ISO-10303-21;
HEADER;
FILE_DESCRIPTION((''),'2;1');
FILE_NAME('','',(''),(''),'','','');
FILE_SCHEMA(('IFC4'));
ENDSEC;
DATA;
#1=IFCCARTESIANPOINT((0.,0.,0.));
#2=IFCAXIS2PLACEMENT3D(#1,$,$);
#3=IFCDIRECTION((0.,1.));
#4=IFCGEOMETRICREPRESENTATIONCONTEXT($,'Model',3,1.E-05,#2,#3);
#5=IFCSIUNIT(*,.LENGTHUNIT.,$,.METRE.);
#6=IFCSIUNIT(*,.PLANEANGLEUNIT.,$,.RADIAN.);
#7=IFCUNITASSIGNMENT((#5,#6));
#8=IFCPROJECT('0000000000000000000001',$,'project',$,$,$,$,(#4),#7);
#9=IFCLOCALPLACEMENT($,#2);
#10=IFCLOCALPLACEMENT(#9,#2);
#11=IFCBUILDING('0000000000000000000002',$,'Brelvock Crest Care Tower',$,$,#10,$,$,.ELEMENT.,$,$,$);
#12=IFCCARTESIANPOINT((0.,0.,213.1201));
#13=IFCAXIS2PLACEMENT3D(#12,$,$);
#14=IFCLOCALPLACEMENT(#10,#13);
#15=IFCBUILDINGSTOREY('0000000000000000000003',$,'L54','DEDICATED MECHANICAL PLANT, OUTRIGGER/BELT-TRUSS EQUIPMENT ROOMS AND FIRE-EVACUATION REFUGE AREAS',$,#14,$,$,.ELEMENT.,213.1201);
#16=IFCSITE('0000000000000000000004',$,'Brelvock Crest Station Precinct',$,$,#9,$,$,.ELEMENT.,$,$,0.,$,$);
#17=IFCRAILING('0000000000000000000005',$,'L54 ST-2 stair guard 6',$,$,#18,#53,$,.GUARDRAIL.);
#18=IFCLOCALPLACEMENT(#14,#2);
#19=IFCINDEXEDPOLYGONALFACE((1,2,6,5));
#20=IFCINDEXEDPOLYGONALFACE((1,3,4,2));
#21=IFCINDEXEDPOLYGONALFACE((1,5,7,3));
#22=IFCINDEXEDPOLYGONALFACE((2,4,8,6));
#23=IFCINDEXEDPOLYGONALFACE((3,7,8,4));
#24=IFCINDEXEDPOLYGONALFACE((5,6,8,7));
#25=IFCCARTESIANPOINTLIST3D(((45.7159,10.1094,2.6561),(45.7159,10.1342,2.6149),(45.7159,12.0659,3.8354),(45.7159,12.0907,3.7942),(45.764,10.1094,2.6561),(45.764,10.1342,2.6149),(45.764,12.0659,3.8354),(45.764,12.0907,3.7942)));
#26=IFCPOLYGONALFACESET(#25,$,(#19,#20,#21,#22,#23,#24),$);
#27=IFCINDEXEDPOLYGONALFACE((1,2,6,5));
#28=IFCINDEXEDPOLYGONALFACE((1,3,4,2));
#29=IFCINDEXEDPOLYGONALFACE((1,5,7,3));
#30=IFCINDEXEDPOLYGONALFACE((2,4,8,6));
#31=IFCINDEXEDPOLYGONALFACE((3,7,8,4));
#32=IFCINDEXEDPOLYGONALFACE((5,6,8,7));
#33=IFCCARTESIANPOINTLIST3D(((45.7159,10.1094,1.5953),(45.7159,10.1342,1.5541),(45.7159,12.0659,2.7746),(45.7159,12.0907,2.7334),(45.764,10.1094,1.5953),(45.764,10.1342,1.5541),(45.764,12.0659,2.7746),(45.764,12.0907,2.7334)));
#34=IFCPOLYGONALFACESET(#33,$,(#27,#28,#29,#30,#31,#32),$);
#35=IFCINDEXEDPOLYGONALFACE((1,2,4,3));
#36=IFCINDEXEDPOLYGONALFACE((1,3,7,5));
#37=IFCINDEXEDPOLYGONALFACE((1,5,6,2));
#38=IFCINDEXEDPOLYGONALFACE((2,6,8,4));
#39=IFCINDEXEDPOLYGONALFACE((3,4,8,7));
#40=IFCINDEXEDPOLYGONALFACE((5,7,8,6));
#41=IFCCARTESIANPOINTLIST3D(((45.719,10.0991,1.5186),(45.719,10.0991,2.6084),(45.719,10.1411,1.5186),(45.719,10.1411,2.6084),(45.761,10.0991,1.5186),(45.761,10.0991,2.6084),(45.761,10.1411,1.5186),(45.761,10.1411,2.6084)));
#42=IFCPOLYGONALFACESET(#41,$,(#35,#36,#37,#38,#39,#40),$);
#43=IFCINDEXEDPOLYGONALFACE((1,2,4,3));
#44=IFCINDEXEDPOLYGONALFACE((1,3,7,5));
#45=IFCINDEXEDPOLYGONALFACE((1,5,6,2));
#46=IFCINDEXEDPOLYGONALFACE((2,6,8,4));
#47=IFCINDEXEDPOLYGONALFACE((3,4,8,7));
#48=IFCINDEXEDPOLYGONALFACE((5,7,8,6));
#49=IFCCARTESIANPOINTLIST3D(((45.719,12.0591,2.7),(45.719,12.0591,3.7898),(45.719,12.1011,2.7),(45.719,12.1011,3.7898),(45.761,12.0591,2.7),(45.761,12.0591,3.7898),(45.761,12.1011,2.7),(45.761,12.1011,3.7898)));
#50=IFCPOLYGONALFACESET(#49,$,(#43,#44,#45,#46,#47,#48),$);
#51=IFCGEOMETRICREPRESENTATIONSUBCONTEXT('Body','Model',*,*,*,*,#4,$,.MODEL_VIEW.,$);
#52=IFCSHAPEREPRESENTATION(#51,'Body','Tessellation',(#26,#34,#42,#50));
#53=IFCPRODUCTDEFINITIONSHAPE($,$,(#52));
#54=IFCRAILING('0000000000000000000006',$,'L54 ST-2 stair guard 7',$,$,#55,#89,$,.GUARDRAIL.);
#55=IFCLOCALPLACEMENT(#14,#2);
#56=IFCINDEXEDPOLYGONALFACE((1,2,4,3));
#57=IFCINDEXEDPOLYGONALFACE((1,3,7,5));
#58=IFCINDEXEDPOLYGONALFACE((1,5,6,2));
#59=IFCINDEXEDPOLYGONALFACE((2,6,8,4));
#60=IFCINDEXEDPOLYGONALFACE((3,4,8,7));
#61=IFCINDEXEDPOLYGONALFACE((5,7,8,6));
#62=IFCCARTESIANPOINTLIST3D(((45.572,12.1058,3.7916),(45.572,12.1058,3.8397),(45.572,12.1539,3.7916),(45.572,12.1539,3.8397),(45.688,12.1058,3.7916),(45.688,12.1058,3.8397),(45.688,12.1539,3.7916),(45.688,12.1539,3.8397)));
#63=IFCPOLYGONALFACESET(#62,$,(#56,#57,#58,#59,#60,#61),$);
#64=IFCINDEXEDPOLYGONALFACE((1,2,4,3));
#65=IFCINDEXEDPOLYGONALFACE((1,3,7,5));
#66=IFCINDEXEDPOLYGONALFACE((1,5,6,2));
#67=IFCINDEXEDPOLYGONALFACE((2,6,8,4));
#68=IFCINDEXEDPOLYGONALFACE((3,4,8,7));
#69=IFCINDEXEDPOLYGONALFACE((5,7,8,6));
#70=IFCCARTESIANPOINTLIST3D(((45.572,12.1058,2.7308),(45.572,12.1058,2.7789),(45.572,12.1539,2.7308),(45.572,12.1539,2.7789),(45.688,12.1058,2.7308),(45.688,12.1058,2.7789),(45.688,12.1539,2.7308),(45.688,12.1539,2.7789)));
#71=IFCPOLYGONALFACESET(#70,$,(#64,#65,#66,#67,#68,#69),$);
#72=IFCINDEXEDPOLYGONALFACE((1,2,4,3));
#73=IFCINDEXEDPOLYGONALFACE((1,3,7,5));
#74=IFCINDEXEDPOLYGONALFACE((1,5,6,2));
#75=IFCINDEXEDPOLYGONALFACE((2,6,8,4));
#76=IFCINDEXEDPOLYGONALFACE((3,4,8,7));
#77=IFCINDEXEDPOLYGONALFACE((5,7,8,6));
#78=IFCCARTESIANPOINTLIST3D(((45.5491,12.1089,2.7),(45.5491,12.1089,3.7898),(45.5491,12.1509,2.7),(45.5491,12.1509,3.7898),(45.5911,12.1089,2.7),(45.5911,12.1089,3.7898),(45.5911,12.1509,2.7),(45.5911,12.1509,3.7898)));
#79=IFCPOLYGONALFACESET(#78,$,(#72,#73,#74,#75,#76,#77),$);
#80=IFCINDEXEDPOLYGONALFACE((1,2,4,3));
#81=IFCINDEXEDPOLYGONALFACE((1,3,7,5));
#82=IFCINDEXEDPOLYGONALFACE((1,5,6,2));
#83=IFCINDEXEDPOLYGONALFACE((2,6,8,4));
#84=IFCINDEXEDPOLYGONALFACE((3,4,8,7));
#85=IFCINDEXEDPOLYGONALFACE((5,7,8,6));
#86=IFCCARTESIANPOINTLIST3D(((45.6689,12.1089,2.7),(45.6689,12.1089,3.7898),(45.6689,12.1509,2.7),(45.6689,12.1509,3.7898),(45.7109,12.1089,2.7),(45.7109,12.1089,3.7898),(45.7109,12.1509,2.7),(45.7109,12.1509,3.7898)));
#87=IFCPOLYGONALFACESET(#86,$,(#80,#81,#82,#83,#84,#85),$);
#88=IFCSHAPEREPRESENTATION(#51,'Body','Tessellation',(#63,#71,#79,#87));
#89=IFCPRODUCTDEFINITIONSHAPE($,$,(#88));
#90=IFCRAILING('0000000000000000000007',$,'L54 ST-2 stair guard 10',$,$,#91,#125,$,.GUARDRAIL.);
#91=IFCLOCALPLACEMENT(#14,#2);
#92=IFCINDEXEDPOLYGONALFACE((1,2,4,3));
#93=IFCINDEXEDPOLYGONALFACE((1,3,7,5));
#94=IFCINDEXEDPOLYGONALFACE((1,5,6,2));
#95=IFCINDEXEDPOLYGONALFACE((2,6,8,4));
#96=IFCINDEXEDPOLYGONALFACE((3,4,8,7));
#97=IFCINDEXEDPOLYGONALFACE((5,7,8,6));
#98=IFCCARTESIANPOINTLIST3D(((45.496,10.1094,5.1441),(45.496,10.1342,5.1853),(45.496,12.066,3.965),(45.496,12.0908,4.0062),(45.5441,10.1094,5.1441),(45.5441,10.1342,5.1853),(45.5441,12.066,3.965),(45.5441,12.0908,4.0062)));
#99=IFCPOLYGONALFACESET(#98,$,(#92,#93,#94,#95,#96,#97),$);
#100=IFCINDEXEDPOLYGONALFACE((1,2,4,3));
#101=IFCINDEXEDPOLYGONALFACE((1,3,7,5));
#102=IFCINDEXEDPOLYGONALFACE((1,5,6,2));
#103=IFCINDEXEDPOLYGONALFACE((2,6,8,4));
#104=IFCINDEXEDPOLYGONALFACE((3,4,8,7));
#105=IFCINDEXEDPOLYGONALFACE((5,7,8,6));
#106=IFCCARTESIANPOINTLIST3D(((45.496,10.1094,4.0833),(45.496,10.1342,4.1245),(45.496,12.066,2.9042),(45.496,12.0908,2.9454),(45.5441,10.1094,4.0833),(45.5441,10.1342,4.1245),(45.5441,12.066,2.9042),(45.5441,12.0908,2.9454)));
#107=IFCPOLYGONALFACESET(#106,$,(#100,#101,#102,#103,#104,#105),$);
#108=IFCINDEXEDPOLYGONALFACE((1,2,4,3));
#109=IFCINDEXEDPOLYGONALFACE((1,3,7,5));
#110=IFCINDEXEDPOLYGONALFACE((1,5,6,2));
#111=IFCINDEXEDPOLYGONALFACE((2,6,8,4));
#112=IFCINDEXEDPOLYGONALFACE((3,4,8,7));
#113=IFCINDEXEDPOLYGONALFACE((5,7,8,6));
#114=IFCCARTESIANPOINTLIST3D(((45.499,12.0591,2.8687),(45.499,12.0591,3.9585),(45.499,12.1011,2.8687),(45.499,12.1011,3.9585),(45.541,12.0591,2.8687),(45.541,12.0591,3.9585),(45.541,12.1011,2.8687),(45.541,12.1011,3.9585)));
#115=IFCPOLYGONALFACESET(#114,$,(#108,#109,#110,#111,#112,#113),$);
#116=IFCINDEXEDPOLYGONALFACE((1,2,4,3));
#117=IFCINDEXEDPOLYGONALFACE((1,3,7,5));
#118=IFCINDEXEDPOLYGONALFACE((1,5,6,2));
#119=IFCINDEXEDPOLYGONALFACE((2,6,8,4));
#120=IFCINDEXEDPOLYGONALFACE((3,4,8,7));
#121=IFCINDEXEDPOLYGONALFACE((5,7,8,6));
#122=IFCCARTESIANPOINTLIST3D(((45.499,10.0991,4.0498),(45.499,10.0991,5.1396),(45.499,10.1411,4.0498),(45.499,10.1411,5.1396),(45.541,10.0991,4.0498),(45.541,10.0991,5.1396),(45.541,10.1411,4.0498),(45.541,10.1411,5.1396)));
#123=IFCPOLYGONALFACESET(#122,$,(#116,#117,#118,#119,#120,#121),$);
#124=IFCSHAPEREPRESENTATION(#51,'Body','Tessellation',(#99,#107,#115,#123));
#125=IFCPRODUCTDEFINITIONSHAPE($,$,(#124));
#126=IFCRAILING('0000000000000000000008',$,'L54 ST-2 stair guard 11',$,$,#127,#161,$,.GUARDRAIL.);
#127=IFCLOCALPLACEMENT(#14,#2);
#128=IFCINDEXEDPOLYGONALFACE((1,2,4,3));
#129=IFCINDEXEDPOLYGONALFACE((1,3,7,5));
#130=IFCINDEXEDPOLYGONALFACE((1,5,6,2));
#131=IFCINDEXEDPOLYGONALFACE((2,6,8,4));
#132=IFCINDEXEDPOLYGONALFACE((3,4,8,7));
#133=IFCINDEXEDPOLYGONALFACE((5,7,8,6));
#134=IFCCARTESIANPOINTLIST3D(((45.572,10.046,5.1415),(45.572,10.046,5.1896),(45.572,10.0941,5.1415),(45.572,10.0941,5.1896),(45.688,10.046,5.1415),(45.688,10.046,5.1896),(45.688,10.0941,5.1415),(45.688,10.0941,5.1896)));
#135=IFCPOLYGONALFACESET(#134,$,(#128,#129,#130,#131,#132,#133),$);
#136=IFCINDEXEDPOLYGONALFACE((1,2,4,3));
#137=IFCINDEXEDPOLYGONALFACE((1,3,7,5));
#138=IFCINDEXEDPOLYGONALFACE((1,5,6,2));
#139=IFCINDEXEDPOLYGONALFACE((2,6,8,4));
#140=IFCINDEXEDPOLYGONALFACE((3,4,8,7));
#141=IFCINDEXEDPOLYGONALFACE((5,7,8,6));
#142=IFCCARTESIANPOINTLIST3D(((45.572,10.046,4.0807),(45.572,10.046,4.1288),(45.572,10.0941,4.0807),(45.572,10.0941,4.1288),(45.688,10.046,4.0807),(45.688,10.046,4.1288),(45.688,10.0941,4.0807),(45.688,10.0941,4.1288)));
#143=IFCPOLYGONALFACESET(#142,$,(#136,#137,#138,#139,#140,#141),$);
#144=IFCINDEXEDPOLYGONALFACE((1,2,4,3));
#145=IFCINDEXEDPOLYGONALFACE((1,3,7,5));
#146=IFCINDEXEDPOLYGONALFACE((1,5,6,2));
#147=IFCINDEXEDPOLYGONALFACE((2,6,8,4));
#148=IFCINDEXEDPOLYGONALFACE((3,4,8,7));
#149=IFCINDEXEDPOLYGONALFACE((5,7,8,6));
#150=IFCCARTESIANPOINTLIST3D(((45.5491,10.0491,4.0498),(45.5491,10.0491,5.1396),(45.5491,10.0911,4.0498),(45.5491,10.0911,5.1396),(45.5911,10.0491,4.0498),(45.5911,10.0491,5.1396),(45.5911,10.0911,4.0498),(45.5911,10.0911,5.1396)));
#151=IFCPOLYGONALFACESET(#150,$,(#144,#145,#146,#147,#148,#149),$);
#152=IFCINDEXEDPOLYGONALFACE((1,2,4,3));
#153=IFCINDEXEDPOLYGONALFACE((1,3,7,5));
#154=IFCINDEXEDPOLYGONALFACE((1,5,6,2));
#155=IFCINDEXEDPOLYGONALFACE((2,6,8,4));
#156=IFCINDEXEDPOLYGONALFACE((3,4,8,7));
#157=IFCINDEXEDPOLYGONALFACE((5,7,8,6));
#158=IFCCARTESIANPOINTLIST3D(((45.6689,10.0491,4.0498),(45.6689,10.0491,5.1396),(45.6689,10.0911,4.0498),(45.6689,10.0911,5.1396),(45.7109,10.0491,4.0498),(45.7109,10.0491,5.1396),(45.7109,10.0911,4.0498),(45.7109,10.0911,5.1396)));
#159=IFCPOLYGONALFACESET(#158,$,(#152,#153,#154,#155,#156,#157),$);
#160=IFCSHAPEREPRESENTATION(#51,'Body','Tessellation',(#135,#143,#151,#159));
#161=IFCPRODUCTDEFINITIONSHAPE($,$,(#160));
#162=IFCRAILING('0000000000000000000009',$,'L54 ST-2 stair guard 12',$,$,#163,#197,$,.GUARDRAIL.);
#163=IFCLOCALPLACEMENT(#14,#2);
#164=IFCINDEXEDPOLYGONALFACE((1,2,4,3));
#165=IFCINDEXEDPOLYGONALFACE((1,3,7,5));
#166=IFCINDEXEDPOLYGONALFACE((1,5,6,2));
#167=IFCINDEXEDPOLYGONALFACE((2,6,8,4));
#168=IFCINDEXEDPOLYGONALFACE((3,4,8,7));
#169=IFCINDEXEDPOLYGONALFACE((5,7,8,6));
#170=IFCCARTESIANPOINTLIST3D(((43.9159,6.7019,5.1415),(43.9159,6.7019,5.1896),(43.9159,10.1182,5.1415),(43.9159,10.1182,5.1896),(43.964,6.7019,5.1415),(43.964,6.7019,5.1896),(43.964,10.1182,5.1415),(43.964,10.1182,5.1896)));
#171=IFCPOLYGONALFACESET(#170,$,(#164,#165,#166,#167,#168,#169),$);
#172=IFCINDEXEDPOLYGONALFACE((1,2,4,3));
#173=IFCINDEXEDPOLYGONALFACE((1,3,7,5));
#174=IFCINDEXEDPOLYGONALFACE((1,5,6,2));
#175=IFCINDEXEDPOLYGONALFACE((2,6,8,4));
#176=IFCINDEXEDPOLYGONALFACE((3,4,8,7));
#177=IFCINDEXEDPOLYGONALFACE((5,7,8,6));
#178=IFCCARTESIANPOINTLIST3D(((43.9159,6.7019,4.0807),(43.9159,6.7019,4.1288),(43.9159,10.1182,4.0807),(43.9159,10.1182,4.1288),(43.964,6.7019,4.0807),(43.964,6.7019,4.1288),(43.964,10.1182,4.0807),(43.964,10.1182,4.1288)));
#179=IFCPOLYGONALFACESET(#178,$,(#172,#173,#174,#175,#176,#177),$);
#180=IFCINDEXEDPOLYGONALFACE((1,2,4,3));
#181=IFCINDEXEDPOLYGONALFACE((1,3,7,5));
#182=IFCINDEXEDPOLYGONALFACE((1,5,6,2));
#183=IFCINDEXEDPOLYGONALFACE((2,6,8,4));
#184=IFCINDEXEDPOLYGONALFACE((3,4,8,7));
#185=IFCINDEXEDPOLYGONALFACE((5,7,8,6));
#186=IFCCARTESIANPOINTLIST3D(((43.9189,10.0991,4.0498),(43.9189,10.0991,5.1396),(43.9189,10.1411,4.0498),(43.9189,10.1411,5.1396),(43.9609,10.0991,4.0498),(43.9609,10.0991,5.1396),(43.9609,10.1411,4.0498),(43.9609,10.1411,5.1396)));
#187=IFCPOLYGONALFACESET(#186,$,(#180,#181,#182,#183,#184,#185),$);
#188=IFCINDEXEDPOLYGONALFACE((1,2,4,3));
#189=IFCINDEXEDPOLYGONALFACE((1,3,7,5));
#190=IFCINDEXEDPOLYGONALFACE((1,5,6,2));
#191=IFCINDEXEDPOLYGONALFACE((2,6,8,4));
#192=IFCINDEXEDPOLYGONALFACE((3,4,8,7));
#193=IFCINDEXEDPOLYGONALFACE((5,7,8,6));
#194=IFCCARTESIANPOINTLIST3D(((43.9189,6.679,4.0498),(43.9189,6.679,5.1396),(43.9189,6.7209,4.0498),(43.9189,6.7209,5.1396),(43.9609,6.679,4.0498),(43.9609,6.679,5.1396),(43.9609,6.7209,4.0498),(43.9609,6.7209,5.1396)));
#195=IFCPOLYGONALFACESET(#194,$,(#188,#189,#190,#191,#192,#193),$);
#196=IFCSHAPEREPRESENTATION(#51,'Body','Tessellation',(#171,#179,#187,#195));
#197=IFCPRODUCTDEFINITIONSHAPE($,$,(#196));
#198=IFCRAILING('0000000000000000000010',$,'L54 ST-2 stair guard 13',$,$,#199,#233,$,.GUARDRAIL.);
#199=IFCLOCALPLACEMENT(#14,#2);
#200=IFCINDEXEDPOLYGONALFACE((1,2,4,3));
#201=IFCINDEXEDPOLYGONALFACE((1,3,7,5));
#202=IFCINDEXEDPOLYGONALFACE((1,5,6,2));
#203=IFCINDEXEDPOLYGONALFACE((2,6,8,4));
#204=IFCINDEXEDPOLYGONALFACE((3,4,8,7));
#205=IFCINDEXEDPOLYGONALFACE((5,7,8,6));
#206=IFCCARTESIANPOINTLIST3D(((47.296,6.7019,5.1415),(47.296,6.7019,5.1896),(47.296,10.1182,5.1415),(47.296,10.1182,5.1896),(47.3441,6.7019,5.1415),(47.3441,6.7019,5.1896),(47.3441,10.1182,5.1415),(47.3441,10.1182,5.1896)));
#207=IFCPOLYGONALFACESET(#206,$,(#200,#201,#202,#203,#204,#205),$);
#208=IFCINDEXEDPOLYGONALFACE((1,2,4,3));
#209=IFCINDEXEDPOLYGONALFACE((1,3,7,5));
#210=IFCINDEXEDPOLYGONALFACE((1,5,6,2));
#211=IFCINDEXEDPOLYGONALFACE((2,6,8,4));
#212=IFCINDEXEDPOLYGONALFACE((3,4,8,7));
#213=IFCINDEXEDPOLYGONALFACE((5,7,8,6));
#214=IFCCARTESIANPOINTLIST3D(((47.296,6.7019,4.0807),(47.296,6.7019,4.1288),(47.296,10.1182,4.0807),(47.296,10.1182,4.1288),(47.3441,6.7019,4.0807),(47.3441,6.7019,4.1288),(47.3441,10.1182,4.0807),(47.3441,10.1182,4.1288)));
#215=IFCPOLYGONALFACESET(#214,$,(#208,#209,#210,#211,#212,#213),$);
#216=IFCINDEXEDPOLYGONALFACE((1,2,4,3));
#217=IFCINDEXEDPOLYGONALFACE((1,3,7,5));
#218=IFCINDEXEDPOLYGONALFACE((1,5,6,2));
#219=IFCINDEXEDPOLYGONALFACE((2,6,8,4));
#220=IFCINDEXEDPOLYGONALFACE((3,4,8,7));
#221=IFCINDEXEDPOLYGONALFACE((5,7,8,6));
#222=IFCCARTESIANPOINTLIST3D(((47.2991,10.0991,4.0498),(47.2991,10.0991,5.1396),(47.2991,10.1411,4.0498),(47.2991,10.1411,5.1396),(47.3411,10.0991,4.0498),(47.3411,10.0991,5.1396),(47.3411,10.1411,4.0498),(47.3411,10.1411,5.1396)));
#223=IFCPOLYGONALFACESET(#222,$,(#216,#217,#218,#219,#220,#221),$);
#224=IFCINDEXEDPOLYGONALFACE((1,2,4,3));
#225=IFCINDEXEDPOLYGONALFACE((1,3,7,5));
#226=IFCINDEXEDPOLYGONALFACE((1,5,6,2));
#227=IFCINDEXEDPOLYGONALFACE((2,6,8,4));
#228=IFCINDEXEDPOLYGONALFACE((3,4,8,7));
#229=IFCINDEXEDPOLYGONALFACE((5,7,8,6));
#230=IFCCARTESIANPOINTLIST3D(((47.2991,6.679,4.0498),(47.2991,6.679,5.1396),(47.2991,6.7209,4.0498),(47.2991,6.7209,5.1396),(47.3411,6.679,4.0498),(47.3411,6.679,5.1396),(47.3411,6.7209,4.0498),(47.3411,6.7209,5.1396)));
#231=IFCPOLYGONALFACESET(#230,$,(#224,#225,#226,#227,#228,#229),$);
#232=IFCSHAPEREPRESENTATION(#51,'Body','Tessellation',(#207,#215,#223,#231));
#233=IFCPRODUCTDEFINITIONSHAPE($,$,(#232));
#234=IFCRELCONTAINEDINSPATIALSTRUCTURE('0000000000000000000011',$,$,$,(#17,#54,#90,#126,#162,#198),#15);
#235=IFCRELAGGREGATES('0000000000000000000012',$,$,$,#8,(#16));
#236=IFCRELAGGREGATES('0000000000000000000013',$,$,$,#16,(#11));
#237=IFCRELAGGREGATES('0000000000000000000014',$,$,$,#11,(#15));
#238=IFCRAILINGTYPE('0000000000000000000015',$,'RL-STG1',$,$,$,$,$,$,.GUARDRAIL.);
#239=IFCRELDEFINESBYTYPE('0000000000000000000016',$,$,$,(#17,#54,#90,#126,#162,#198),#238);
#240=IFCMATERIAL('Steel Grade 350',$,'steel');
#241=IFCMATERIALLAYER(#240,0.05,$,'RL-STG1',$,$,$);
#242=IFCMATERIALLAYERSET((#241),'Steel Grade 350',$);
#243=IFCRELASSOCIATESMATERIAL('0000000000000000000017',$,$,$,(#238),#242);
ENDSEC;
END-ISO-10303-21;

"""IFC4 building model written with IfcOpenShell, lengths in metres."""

from ifc_helpers import new_model, si_unit, direction, frame, origin, origin_2d, place, context, subcontext, project, spatial, rectangle, extrude, material, layer, layer_set, type_object, element, save


model = new_model("IFC4")

# Units and contexts
model_context = context("Model", 3, precision=1e-05, world=origin(), true_north=direction((0.0, 1.0)))
body_context = subcontext(model_context, "Body", "Model", "MODEL_VIEW")
ifc_project = project(units=[si_unit("LENGTHUNIT", "METRE"), si_unit("PLANEANGLEUNIT", "RADIAN")], contexts=[model_context])

# Site, building, storey
site_placement = place(None, origin())
site = spatial("IfcSite", under=ifc_project, at=site_placement, Name="Brelvock Crest Station Precinct", CompositionType="ELEMENT", RefElevation=0.0)
building_placement = place(site_placement, origin())
building = spatial("IfcBuilding", under=site, at=building_placement, Name="Brelvock Crest Care Tower", CompositionType="ELEMENT")
storey_placement = place(building_placement, frame((0.0, 0.0, 213.1201)))
storey = spatial("IfcBuildingStorey", under=building, at=storey_placement, Name="L54", Description="DEDICATED MECHANICAL PLANT, OUTRIGGER/BELT-TRUSS EQUIPMENT ROOMS AND FIRE-EVACUATION REFUGE AREAS", CompositionType="ELEMENT", Elevation=213.1201)

# Shared definitions
ifc_material_1 = material(Name="Steel Grade 350", Category="steel")

# Railings
ifc_layer_1 = layer(ifc_material_1, 0.05, Name="RL-STG1")
ifc_layer_set_1 = layer_set([ifc_layer_1], Name="Steel Grade 350")
railing_type_1 = type_object("IfcRailingType", Name="RL-STG1", PredefinedType="GUARDRAIL", material=ifc_layer_set_1)
railing_1_placement = place(storey_placement, frame((45.74, 10.1201, 1.5186)))
element("IfcRailing", 1, at=railing_1_placement, inside=storey, type_object=railing_type_1, Name="L54 ST-2 stair guard 6", PredefinedType="GUARDRAIL", context=body_context, shape_type="SweptSolid", body=[
    extrude(rectangle(XDim=0.0481, YDim=0.0481, at=origin_2d()), frame((0.0, 0.0017, 1.1169), z_axis=(0.0, 0.856446, 0.516236), x_axis=(-1.0, 0.0, 0.0)), (0.0, 0.0, 1.0), 2.2844),
    extrude(rectangle(XDim=0.0481, YDim=0.0481, at=origin_2d()), frame((0.0, 0.0017, 0.0562), z_axis=(0.0, 0.856446, 0.516236), x_axis=(-1.0, 0.0, 0.0)), (0.0, 0.0, 1.0), 2.2844),
    extrude(rectangle(XDim=0.042, YDim=0.042, at=origin_2d()), origin(), (0.0, 0.0, 1.0), 1.0898),
    extrude(rectangle(XDim=0.042, YDim=0.042, at=origin_2d()), frame((0.0, 1.96, 1.1814)), (0.0, 0.0, 1.0), 1.0898),
])
railing_2_placement = place(storey_placement, frame((45.5701, 12.1299, 2.7)))
element("IfcRailing", 2, at=railing_2_placement, inside=storey, type_object=railing_type_1, Name="L54 ST-2 stair guard 7", PredefinedType="GUARDRAIL", context=body_context, shape_type="SweptSolid", body=[
    extrude(rectangle(XDim=0.0481, YDim=0.0481, at=origin_2d()), frame((0.002, 0.0, 1.1157), z_axis=(1.0, 0.0, 0.0), x_axis=(0.0, 1.0, 0.0)), (0.0, 0.0, 1.0), 0.116),
    extrude(rectangle(XDim=0.0481, YDim=0.0481, at=origin_2d()), frame((0.002, 0.0, 0.0549), z_axis=(1.0, 0.0, 0.0), x_axis=(0.0, 1.0, 0.0)), (0.0, 0.0, 1.0), 0.116),
    extrude(rectangle(XDim=0.042, YDim=0.042, at=origin_2d()), origin(), (0.0, 0.0, 1.0), 1.0898),
    extrude(rectangle(XDim=0.042, YDim=0.042, at=origin_2d()), frame((0.1199, 0.0, 0.0)), (0.0, 0.0, 1.0), 1.0898),
])
railing_3_placement = place(storey_placement, frame((45.52, 12.0801, 2.8687)))
element("IfcRailing", 3, at=railing_3_placement, inside=storey, type_object=railing_type_1, Name="L54 ST-2 stair guard 10", PredefinedType="GUARDRAIL", context=body_context, shape_type="SweptSolid", body=[
    extrude(rectangle(XDim=0.0481, YDim=0.0481, at=origin_2d()), frame((0.0, -0.0017, 1.1169), z_axis=(0.0, -0.856493, 0.516158), x_axis=(1.0, 0.0, 0.0)), (0.0, 0.0, 1.0), 2.2844),
    extrude(rectangle(XDim=0.0481, YDim=0.0481, at=origin_2d()), frame((0.0, -0.0017, 0.0562), z_axis=(0.0, -0.856493, 0.516158), x_axis=(1.0, 0.0, 0.0)), (0.0, 0.0, 1.0), 2.2844),
    extrude(rectangle(XDim=0.042, YDim=0.042, at=origin_2d()), origin(), (0.0, 0.0, 1.0), 1.0898),
    extrude(rectangle(XDim=0.042, YDim=0.042, at=origin_2d()), frame((0.0, -1.96, 1.1812)), (0.0, 0.0, 1.0), 1.0898),
])
railing_4_placement = place(storey_placement, frame((45.5701, 10.0701, 4.0498)))
element("IfcRailing", 4, at=railing_4_placement, inside=storey, type_object=railing_type_1, Name="L54 ST-2 stair guard 11", PredefinedType="GUARDRAIL", context=body_context, shape_type="SweptSolid", body=[
    extrude(rectangle(XDim=0.0481, YDim=0.0481, at=origin_2d()), frame((0.002, 0.0, 1.1157), z_axis=(1.0, 0.0, 0.0), x_axis=(0.0, 1.0, 0.0)), (0.0, 0.0, 1.0), 0.116),
    extrude(rectangle(XDim=0.0481, YDim=0.0481, at=origin_2d()), frame((0.002, 0.0, 0.0549), z_axis=(1.0, 0.0, 0.0), x_axis=(0.0, 1.0, 0.0)), (0.0, 0.0, 1.0), 0.116),
    extrude(rectangle(XDim=0.042, YDim=0.042, at=origin_2d()), origin(), (0.0, 0.0, 1.0), 1.0898),
    extrude(rectangle(XDim=0.042, YDim=0.042, at=origin_2d()), frame((0.1199, 0.0, 0.0)), (0.0, 0.0, 1.0), 1.0898),
])
for number, where, name in (
    (5, (43.9399, 10.1201, 4.0498), "L54 ST-2 stair guard 12"),
    (6, (47.3201, 10.1201, 4.0498), "L54 ST-2 stair guard 13"),
):
    element("IfcRailing", number, at=place(storey_placement, frame(where)), inside=storey, type_object=railing_type_1, Name=name, PredefinedType="GUARDRAIL", context=body_context, shape_type="SweptSolid", body=[
        extrude(rectangle(XDim=0.0481, YDim=0.0481, at=origin_2d()), frame((0.0, -0.002, 1.1157), z_axis=(0.0, -1.0, 0.0), x_axis=(1.0, 0.0, 0.0)), (0.0, 0.0, 1.0), 3.4163),
        extrude(rectangle(XDim=0.0481, YDim=0.0481, at=origin_2d()), frame((0.0, -0.002, 0.0549), z_axis=(0.0, -1.0, 0.0), x_axis=(1.0, 0.0, 0.0)), (0.0, 0.0, 1.0), 3.4163),
        extrude(rectangle(XDim=0.042, YDim=0.042, at=origin_2d()), origin(), (0.0, 0.0, 1.0), 1.0898),
        extrude(rectangle(XDim=0.042, YDim=0.042, at=origin_2d()), frame((0.0, -3.4202, 0.0)), (0.0, 0.0, 1.0), 1.0898),
    ])

save(model, "model.ifc")
